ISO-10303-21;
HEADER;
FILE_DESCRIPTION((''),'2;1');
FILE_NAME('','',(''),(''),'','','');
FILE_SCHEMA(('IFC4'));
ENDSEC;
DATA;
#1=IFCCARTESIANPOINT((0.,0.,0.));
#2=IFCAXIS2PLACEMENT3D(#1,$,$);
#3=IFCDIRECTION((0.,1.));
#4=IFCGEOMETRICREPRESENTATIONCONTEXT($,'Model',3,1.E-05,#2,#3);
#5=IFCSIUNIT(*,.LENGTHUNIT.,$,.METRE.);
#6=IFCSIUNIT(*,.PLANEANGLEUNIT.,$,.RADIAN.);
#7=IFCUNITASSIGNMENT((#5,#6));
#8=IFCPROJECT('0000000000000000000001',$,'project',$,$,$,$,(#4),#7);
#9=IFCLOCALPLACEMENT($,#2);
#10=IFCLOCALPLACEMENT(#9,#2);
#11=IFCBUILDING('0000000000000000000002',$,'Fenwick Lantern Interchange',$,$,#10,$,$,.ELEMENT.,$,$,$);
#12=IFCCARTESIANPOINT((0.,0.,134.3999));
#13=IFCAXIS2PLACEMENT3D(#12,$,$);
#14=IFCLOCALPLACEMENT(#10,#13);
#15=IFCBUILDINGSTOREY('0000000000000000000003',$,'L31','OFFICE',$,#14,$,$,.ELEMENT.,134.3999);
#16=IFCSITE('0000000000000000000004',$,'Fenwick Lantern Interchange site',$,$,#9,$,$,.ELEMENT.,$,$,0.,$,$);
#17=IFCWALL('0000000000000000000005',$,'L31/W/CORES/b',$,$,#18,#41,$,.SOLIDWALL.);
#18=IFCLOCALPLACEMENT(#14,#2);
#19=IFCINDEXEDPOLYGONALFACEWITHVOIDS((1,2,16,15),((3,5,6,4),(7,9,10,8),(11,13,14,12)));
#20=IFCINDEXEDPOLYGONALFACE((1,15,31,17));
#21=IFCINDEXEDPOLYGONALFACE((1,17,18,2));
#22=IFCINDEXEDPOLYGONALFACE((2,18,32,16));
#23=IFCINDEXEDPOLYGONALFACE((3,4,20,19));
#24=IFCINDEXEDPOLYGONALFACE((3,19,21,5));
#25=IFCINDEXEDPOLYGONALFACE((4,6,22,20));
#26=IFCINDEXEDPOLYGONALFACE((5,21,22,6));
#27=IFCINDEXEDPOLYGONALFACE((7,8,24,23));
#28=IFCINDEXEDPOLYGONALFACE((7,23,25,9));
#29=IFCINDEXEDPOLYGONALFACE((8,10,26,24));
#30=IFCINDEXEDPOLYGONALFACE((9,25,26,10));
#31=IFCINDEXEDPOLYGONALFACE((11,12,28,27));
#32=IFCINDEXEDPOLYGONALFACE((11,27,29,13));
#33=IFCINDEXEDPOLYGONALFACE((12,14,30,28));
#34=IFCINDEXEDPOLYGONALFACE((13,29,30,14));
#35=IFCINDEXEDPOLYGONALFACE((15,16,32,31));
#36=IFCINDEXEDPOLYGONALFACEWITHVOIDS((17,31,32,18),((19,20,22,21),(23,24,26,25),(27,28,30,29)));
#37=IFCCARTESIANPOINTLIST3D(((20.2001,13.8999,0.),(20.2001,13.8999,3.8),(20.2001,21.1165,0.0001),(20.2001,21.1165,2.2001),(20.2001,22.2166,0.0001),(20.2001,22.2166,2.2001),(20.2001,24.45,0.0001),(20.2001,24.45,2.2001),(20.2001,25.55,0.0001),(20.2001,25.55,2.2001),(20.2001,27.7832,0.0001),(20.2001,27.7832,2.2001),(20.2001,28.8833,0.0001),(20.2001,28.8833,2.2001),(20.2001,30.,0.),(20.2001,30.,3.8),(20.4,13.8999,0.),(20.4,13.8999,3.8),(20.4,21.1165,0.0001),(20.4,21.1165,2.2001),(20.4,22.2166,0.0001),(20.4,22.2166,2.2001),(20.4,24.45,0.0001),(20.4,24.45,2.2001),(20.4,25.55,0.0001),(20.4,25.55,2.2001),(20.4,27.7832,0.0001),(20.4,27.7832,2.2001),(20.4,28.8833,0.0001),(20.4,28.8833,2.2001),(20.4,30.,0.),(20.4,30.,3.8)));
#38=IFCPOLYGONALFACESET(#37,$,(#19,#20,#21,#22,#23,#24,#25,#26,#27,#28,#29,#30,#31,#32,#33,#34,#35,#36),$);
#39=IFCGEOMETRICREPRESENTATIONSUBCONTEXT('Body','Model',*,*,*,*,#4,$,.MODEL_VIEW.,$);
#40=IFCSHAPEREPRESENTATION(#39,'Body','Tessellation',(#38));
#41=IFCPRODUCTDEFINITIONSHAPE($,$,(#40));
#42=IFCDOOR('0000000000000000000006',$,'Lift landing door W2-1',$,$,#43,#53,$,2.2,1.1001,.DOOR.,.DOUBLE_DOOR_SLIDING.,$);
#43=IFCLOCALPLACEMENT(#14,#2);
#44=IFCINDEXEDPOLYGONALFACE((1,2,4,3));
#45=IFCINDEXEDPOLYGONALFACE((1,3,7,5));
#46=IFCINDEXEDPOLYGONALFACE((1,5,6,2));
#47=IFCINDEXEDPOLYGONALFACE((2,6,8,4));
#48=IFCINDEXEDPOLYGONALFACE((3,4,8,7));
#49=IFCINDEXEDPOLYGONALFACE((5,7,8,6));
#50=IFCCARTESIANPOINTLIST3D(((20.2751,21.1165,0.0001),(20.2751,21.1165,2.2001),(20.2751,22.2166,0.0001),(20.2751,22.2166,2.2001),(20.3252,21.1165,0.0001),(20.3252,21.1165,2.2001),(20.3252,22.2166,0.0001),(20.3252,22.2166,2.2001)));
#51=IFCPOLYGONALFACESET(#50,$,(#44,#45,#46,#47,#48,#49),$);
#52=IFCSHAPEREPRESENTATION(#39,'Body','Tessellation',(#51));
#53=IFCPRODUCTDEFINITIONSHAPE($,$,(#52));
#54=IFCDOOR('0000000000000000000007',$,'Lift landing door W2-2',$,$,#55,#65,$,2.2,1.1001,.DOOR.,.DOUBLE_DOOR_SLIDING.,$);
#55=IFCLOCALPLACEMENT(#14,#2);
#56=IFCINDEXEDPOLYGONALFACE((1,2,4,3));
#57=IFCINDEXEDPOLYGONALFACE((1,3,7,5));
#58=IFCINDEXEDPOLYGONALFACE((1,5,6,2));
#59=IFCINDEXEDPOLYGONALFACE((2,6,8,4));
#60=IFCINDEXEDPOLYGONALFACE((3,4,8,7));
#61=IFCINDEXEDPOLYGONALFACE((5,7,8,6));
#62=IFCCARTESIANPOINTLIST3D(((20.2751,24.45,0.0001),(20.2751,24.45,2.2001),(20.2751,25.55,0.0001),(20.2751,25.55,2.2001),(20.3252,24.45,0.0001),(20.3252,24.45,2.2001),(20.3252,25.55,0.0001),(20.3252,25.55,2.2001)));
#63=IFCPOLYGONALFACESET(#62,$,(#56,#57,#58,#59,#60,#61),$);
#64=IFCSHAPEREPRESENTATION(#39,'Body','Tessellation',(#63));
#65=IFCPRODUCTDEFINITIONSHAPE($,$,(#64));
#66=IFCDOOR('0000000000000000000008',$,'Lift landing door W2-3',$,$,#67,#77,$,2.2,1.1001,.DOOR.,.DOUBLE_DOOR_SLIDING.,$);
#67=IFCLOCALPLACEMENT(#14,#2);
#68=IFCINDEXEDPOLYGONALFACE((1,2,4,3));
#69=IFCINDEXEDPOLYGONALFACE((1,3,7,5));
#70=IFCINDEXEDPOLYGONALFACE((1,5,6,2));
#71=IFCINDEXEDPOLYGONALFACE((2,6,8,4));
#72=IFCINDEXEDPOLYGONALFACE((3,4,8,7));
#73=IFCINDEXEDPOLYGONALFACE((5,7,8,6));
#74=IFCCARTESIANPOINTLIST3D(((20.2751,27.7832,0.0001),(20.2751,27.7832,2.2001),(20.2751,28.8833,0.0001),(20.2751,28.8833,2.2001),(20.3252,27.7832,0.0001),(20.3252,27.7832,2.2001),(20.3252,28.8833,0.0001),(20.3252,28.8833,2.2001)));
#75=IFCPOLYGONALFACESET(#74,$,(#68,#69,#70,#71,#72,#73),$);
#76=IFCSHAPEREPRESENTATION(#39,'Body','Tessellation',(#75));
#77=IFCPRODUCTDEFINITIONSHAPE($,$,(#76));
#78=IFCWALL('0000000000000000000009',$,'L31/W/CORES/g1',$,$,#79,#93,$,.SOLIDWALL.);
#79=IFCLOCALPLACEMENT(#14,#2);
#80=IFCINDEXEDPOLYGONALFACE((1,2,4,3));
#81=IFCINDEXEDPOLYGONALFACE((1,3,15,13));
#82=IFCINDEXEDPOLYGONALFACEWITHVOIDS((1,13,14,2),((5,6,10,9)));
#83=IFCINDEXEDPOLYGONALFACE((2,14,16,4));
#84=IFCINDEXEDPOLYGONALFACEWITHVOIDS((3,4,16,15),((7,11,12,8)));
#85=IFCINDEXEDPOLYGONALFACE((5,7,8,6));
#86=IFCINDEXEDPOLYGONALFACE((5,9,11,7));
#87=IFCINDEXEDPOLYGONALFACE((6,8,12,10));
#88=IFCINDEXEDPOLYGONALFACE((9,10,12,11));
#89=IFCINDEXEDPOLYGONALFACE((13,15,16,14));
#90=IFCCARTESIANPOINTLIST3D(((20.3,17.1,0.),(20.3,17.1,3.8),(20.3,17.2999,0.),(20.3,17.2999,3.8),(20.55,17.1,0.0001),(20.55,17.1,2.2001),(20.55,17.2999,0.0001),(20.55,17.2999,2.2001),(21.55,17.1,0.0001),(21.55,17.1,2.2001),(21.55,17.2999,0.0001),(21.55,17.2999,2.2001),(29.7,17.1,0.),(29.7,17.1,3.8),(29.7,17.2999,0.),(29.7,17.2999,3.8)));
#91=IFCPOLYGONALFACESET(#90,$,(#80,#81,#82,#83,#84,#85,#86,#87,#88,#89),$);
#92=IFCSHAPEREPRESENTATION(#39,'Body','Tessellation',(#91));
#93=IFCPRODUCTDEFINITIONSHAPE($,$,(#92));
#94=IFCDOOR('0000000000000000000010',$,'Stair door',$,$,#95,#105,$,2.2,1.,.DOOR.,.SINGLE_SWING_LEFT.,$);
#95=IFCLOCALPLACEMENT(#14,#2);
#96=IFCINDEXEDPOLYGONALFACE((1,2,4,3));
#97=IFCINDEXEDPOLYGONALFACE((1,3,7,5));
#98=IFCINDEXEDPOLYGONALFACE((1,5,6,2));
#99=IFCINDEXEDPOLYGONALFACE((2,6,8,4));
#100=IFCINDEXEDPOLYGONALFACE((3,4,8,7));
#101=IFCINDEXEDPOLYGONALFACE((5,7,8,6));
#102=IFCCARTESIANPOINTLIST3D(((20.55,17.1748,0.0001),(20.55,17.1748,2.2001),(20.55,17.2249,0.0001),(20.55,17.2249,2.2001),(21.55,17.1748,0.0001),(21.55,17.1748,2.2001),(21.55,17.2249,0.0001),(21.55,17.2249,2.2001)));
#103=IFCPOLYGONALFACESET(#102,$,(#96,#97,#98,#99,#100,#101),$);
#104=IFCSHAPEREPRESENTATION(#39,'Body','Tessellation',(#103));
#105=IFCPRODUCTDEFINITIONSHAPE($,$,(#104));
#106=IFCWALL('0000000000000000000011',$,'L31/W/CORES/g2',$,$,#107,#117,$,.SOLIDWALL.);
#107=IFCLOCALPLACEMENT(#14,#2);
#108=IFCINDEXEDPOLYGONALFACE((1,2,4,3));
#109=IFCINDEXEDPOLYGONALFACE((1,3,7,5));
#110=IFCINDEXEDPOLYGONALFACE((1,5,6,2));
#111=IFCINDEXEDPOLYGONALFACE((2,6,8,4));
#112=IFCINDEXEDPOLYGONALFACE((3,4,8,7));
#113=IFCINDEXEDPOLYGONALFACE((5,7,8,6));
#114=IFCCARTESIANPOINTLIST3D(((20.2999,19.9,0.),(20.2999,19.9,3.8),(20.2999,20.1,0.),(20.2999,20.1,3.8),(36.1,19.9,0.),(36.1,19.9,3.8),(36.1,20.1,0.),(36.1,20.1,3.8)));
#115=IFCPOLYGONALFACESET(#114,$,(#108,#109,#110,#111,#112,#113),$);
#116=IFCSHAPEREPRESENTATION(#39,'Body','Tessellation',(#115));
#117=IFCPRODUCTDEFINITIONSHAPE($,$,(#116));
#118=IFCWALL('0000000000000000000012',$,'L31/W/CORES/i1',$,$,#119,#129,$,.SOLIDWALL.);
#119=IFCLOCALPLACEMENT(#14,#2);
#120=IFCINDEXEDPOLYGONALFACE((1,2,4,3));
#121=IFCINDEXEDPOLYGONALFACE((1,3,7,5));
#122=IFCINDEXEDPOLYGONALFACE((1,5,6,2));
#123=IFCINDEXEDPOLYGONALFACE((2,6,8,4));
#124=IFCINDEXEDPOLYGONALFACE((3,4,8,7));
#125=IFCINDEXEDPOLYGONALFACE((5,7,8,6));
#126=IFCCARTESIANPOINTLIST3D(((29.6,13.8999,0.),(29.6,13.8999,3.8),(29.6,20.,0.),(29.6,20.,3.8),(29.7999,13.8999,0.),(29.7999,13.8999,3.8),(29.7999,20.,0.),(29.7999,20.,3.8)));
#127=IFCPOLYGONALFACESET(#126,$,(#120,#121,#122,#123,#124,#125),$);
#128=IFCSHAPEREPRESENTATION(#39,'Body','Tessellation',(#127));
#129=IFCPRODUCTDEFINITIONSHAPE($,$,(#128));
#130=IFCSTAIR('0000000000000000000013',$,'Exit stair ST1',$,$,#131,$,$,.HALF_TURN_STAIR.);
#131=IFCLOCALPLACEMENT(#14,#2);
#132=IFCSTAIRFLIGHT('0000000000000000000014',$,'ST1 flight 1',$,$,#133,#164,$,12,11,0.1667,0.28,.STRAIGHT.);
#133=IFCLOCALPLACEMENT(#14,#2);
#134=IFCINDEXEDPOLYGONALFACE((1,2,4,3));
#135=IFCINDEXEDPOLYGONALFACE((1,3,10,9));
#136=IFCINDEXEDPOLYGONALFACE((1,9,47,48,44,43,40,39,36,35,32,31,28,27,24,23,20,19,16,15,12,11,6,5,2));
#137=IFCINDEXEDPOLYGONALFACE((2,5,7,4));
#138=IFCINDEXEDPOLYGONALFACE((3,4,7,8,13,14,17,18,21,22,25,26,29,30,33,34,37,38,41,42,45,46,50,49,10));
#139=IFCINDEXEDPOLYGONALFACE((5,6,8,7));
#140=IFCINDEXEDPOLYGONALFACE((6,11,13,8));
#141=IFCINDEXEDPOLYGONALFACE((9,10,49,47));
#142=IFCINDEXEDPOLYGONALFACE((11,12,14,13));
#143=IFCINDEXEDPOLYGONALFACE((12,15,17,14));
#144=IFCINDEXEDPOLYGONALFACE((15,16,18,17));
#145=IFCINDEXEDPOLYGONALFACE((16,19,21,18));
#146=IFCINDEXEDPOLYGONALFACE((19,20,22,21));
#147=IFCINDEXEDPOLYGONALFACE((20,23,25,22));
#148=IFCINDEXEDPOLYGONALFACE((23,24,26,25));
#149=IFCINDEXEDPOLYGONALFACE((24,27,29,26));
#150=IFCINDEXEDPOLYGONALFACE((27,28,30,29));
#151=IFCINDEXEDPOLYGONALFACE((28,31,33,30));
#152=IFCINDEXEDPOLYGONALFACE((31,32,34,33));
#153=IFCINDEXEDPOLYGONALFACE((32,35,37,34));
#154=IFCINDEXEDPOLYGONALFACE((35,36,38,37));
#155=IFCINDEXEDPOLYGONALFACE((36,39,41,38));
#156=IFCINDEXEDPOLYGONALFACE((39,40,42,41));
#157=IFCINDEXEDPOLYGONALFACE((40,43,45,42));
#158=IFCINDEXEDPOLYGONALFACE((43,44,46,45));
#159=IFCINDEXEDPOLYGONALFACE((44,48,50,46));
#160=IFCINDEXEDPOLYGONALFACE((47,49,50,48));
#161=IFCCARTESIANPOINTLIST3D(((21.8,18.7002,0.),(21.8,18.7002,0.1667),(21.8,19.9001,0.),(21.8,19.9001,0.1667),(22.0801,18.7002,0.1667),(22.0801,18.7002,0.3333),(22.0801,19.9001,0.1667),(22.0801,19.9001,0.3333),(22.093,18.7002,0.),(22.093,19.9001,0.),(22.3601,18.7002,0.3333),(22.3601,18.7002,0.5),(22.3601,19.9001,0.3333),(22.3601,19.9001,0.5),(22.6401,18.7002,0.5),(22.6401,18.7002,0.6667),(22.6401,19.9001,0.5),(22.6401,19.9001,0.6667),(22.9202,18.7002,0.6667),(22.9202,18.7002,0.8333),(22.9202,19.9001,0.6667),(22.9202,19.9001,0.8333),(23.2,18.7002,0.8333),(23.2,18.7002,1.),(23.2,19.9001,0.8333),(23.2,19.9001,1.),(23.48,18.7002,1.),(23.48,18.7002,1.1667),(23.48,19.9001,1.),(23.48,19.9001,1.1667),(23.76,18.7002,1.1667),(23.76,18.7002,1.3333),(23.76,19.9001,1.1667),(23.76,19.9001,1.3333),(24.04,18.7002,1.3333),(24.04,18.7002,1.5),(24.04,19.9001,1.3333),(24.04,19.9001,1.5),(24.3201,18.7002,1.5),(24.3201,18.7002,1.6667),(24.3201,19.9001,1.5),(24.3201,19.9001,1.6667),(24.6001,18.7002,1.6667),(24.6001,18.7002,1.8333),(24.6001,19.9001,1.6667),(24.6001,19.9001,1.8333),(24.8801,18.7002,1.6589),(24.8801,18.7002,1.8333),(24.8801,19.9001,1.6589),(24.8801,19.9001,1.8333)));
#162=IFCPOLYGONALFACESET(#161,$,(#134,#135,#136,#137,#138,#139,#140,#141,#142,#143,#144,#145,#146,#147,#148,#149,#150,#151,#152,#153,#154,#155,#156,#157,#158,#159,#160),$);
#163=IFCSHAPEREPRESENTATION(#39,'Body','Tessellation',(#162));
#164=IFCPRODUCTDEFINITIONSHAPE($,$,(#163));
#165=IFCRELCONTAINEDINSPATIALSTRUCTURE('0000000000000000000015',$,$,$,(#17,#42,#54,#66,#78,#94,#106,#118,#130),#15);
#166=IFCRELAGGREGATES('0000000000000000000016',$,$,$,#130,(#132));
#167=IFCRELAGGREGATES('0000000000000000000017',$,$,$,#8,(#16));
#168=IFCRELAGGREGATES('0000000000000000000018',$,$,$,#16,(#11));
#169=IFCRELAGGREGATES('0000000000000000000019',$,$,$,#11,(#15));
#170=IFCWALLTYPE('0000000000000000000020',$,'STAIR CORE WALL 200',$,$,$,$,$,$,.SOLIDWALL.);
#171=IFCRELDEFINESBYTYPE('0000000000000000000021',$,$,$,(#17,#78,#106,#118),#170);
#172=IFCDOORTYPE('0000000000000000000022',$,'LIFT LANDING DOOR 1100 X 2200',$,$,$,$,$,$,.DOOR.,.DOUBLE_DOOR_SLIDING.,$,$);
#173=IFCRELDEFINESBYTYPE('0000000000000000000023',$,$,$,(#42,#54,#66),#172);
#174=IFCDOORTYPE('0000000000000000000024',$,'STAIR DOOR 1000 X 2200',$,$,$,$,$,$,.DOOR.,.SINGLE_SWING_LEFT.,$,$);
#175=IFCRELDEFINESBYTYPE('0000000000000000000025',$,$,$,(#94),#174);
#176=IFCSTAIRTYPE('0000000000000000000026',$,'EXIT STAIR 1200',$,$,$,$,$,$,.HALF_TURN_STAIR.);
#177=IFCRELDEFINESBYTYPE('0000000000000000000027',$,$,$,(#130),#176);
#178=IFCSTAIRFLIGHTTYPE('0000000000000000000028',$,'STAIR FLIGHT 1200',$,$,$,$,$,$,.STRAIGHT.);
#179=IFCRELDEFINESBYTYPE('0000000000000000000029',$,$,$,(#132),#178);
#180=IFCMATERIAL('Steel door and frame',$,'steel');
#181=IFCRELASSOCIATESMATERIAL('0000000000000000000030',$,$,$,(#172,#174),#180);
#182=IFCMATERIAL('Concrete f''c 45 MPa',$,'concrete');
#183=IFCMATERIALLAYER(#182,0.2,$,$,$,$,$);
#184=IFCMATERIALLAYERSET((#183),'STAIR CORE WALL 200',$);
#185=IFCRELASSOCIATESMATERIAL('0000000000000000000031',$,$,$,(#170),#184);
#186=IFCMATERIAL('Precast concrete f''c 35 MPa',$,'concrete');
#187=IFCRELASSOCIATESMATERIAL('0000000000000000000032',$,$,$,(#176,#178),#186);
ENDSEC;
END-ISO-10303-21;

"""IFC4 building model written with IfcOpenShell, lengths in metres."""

from ifc_helpers import new_model, si_unit, direction, frame, frame_2d, origin, place, context, subcontext, project, spatial, polyline, rectangle, outline, extrude, material, layer, layer_set, type_object, element, fill, aggregate, save


model = new_model("IFC4")

# Units and contexts
model_context = context("Model", 3, precision=1e-05, world=origin(), true_north=direction((0.0, 1.0)))
body_context = subcontext(model_context, "Body", "Model", "MODEL_VIEW")
ifc_project = project(units=[si_unit("LENGTHUNIT", "METRE"), si_unit("PLANEANGLEUNIT", "RADIAN")], contexts=[model_context])

# Site, building, storey
site_placement = place(None, origin())
site = spatial("IfcSite", under=ifc_project, at=site_placement, Name="Fenwick Lantern Interchange site", CompositionType="ELEMENT", RefElevation=0.0)
building_placement = place(site_placement, origin())
building = spatial("IfcBuilding", under=site, at=building_placement, Name="Fenwick Lantern Interchange", CompositionType="ELEMENT")
storey_placement = place(building_placement, frame((0.0, 0.0, 134.3999)))
storey = spatial("IfcBuildingStorey", under=building, at=storey_placement, Name="L31", Description="OFFICE", CompositionType="ELEMENT", Elevation=134.3999)

# Shared definitions
ifc_material_1 = material(Name="Steel door and frame", Category="steel")
door_type_1 = type_object("IfcDoorType", Name="LIFT LANDING DOOR 1100 X 2200", OperationType="DOUBLE_DOOR_SLIDING", PredefinedType="DOOR", material=ifc_material_1)

# Wall, openings, doors
ifc_material_2 = material(Name="Concrete f'c 45 MPa", Category="concrete")
ifc_layer_1 = layer(ifc_material_2, 0.2)
ifc_layer_set_1 = layer_set([ifc_layer_1], Name="STAIR CORE WALL 200")
wall_type_1 = type_object("IfcWallType", Name="STAIR CORE WALL 200", PredefinedType="SOLIDWALL", material=ifc_layer_set_1)
wall_1_placement = place(storey_placement, frame((20.3, 13.8999, 0.0), z_axis=(0.0, 0.0, 1.0), x_axis=(0.0, 1.0, 0.0)))
wall_1 = element("IfcWall", 1, at=wall_1_placement, inside=storey, type_object=wall_type_1, Name="L31/W/CORES/b", PredefinedType="SOLIDWALL", context=body_context, shape_type="SweptSolid", body=[
    extrude(rectangle(XDim=16.1001, YDim=0.2, at=frame_2d((8.05, 0.0))), origin(), (0.0, 0.0, 1.0), 3.8),
])
opening_1_placement = place(wall_1_placement, frame((7.2166, 0.0, 0.0)))
opening_1 = element("IfcOpeningElement", 2, at=opening_1_placement, cuts=wall_1, PredefinedType="OPENING", context=body_context, shape_type="SweptSolid", body=[
    extrude(rectangle(XDim=1.1001, YDim=2.2, at=frame_2d((0.55, 1.1001))), frame((0.0, 0.1099, 0.0), z_axis=(0.0, -1.0, 0.0), x_axis=(1.0, 0.0, 0.0)), (0.0, 0.0, 1.0), 0.22),
])
opening_2_placement = place(wall_1_placement, frame((10.55, 0.0, 0.0)))
opening_2 = element("IfcOpeningElement", 3, at=opening_2_placement, cuts=wall_1, PredefinedType="OPENING", context=body_context, shape_type="SweptSolid", body=[
    extrude(rectangle(XDim=1.1001, YDim=2.2, at=frame_2d((0.55, 1.1001))), frame((0.0, 0.1099, 0.0), z_axis=(0.0, -1.0, 0.0), x_axis=(1.0, 0.0, 0.0)), (0.0, 0.0, 1.0), 0.22),
])
opening_3_placement = place(wall_1_placement, frame((13.8833, 0.0, 0.0)))
opening_3 = element("IfcOpeningElement", 4, at=opening_3_placement, cuts=wall_1, PredefinedType="OPENING", context=body_context, shape_type="SweptSolid", body=[
    extrude(rectangle(XDim=1.1001, YDim=2.2, at=frame_2d((0.55, 1.1001))), frame((0.0, 0.1099, 0.0), z_axis=(0.0, -1.0, 0.0), x_axis=(1.0, 0.0, 0.0)), (0.0, 0.0, 1.0), 0.22),
])
door_1_placement = place(opening_1_placement, origin())
door_1 = element("IfcDoor", 5, at=door_1_placement, inside=storey, type_object=door_type_1, Name="Lift landing door W2-1", OperationType="DOUBLE_DOOR_SLIDING", OverallHeight=2.2, OverallWidth=1.1001, PredefinedType="DOOR", context=body_context, shape_type="SweptSolid", body=[
    extrude(rectangle(XDim=1.1001, YDim=2.2, at=frame_2d((0.55, 1.1001))), frame((0.0, 0.0249, 0.0), z_axis=(0.0, -1.0, 0.0), x_axis=(1.0, 0.0, 0.0)), (0.0, 0.0, 1.0), 0.05),
])
fill(opening_1, door_1)
door_2_placement = place(opening_2_placement, origin())
door_2 = element("IfcDoor", 6, at=door_2_placement, inside=storey, type_object=door_type_1, Name="Lift landing door W2-2", OperationType="DOUBLE_DOOR_SLIDING", OverallHeight=2.2, OverallWidth=1.1001, PredefinedType="DOOR", context=body_context, shape_type="SweptSolid", body=[
    extrude(rectangle(XDim=1.1001, YDim=2.2, at=frame_2d((0.55, 1.1001))), frame((0.0, 0.0249, 0.0), z_axis=(0.0, -1.0, 0.0), x_axis=(1.0, 0.0, 0.0)), (0.0, 0.0, 1.0), 0.05),
])
fill(opening_2, door_2)
door_3_placement = place(opening_3_placement, origin())
door_3 = element("IfcDoor", 7, at=door_3_placement, inside=storey, type_object=door_type_1, Name="Lift landing door W2-3", OperationType="DOUBLE_DOOR_SLIDING", OverallHeight=2.2, OverallWidth=1.1001, PredefinedType="DOOR", context=body_context, shape_type="SweptSolid", body=[
    extrude(rectangle(XDim=1.1001, YDim=2.2, at=frame_2d((0.55, 1.1001))), frame((0.0, 0.0249, 0.0), z_axis=(0.0, -1.0, 0.0), x_axis=(1.0, 0.0, 0.0)), (0.0, 0.0, 1.0), 0.05),
])
fill(opening_3, door_3)

# Wall, opening, door
wall_2_placement = place(storey_placement, frame((20.3, 17.2, 0.0), z_axis=(0.0, 0.0, 1.0), x_axis=(1.0, 0.0, 0.0)))
wall_2 = element("IfcWall", 8, at=wall_2_placement, inside=storey, type_object=wall_type_1, Name="L31/W/CORES/g1", PredefinedType="SOLIDWALL", context=body_context, shape_type="SweptSolid", body=[
    extrude(rectangle(XDim=9.3999, YDim=0.2, at=frame_2d((4.7, 0.0))), origin(), (0.0, 0.0, 1.0), 3.8),
])
opening_4_placement = place(wall_2_placement, frame((0.25, 0.0, 0.0)))
opening_4 = element("IfcOpeningElement", 9, at=opening_4_placement, cuts=wall_2, PredefinedType="OPENING", context=body_context, shape_type="SweptSolid", body=[
    extrude(rectangle(XDim=1.0, YDim=2.2, at=frame_2d((0.5, 1.1001))), frame((0.0, 0.1099, 0.0), z_axis=(0.0, -1.0, 0.0), x_axis=(1.0, 0.0, 0.0)), (0.0, 0.0, 1.0), 0.22),
])
door_type_2 = type_object("IfcDoorType", Name="STAIR DOOR 1000 X 2200", OperationType="SINGLE_SWING_LEFT", PredefinedType="DOOR", material=ifc_material_1)
door_4_placement = place(opening_4_placement, origin())
door_4 = element("IfcDoor", 10, at=door_4_placement, inside=storey, type_object=door_type_2, Name="Stair door", OperationType="SINGLE_SWING_LEFT", OverallHeight=2.2, OverallWidth=1.0, PredefinedType="DOOR", context=body_context, shape_type="SweptSolid", body=[
    extrude(rectangle(XDim=1.0, YDim=2.2, at=frame_2d((0.5, 1.1001))), frame((0.0, 0.0249, 0.0), z_axis=(0.0, -1.0, 0.0), x_axis=(1.0, 0.0, 0.0)), (0.0, 0.0, 1.0), 0.05),
])
fill(opening_4, door_4)

# Walls
wall_3_placement = place(storey_placement, frame((20.3, 20.0, 0.0), z_axis=(0.0, 0.0, 1.0), x_axis=(1.0, 0.0, 0.0)))
element("IfcWall", 11, at=wall_3_placement, inside=storey, type_object=wall_type_1, Name="L31/W/CORES/g2", PredefinedType="SOLIDWALL", context=body_context, shape_type="SweptSolid", body=[
    extrude(rectangle(XDim=15.8, YDim=0.2, at=frame_2d((7.8999, 0.0))), origin(), (0.0, 0.0, 1.0), 3.8),
])
wall_4_placement = place(storey_placement, frame((29.7, 13.8999, 0.0), z_axis=(0.0, 0.0, 1.0), x_axis=(0.0, 1.0, 0.0)))
element("IfcWall", 12, at=wall_4_placement, inside=storey, type_object=wall_type_1, Name="L31/W/CORES/i1", PredefinedType="SOLIDWALL", context=body_context, shape_type="SweptSolid", body=[
    extrude(rectangle(XDim=6.1001, YDim=0.2, at=frame_2d((3.05, 0.0))), origin(), (0.0, 0.0, 1.0), 3.8),
])

# Stair, stair flight
ifc_material_3 = material(Name="Precast concrete f'c 35 MPa", Category="concrete")
stair_type = type_object("IfcStairType", Name="EXIT STAIR 1200", PredefinedType="HALF_TURN_STAIR", material=ifc_material_3)
stair_placement = place(storey_placement, origin())
stair = element("IfcStair", 13, at=stair_placement, inside=storey, type_object=stair_type, Name="Exit stair ST1", PredefinedType="HALF_TURN_STAIR")
stair_flight_type = type_object("IfcStairFlightType", Name="STAIR FLIGHT 1200", PredefinedType="STRAIGHT", material=ifc_material_3)
stair_flight_1_placement = place(storey_placement, frame((21.8, 19.3, 0.0), z_axis=(0.0, 0.0, 1.0), x_axis=(1.0, 0.0, 0.0)))
stair_flight_1 = element("IfcStairFlight", 14, at=stair_flight_1_placement, type_object=stair_flight_type, Name="ST1 flight 1", NumberOfRisers=12, NumberOfTreads=11, PredefinedType="STRAIGHT", RiserHeight=0.1667, TreadLength=0.28, context=body_context, shape_type="SweptSolid", body=[
    extrude(outline(polyline([(0.0, 0.0), (0.0, 0.1667), (0.28, 0.1667), (0.28, 0.3333), (0.5601, 0.3333), (0.5601, 0.5), (0.8401, 0.5), (0.8401, 0.6667), (1.1201, 0.6667), (1.1201, 0.8333), (1.3999, 0.8333), (1.3999, 1.0), (1.6799, 1.0), (1.6799, 1.1667), (1.96, 1.1667), (1.96, 1.3333), (2.24, 1.3333), (2.24, 1.5), (2.52, 1.5), (2.52, 1.6667), (2.8, 1.6667), (2.8, 1.8333), (3.0801, 1.8333), (3.0801, 2.0), (3.0801, 1.6589), (0.293, 0.0), (0.0, 0.0)])), frame((0.0, 0.6001, 0.0), z_axis=(0.0, -1.0, 0.0), x_axis=(1.0, 0.0, 0.0)), (0.0, 0.0, 1.0), 1.2),
])
aggregate(stair, [stair_flight_1])

save(model, "model.ifc")
